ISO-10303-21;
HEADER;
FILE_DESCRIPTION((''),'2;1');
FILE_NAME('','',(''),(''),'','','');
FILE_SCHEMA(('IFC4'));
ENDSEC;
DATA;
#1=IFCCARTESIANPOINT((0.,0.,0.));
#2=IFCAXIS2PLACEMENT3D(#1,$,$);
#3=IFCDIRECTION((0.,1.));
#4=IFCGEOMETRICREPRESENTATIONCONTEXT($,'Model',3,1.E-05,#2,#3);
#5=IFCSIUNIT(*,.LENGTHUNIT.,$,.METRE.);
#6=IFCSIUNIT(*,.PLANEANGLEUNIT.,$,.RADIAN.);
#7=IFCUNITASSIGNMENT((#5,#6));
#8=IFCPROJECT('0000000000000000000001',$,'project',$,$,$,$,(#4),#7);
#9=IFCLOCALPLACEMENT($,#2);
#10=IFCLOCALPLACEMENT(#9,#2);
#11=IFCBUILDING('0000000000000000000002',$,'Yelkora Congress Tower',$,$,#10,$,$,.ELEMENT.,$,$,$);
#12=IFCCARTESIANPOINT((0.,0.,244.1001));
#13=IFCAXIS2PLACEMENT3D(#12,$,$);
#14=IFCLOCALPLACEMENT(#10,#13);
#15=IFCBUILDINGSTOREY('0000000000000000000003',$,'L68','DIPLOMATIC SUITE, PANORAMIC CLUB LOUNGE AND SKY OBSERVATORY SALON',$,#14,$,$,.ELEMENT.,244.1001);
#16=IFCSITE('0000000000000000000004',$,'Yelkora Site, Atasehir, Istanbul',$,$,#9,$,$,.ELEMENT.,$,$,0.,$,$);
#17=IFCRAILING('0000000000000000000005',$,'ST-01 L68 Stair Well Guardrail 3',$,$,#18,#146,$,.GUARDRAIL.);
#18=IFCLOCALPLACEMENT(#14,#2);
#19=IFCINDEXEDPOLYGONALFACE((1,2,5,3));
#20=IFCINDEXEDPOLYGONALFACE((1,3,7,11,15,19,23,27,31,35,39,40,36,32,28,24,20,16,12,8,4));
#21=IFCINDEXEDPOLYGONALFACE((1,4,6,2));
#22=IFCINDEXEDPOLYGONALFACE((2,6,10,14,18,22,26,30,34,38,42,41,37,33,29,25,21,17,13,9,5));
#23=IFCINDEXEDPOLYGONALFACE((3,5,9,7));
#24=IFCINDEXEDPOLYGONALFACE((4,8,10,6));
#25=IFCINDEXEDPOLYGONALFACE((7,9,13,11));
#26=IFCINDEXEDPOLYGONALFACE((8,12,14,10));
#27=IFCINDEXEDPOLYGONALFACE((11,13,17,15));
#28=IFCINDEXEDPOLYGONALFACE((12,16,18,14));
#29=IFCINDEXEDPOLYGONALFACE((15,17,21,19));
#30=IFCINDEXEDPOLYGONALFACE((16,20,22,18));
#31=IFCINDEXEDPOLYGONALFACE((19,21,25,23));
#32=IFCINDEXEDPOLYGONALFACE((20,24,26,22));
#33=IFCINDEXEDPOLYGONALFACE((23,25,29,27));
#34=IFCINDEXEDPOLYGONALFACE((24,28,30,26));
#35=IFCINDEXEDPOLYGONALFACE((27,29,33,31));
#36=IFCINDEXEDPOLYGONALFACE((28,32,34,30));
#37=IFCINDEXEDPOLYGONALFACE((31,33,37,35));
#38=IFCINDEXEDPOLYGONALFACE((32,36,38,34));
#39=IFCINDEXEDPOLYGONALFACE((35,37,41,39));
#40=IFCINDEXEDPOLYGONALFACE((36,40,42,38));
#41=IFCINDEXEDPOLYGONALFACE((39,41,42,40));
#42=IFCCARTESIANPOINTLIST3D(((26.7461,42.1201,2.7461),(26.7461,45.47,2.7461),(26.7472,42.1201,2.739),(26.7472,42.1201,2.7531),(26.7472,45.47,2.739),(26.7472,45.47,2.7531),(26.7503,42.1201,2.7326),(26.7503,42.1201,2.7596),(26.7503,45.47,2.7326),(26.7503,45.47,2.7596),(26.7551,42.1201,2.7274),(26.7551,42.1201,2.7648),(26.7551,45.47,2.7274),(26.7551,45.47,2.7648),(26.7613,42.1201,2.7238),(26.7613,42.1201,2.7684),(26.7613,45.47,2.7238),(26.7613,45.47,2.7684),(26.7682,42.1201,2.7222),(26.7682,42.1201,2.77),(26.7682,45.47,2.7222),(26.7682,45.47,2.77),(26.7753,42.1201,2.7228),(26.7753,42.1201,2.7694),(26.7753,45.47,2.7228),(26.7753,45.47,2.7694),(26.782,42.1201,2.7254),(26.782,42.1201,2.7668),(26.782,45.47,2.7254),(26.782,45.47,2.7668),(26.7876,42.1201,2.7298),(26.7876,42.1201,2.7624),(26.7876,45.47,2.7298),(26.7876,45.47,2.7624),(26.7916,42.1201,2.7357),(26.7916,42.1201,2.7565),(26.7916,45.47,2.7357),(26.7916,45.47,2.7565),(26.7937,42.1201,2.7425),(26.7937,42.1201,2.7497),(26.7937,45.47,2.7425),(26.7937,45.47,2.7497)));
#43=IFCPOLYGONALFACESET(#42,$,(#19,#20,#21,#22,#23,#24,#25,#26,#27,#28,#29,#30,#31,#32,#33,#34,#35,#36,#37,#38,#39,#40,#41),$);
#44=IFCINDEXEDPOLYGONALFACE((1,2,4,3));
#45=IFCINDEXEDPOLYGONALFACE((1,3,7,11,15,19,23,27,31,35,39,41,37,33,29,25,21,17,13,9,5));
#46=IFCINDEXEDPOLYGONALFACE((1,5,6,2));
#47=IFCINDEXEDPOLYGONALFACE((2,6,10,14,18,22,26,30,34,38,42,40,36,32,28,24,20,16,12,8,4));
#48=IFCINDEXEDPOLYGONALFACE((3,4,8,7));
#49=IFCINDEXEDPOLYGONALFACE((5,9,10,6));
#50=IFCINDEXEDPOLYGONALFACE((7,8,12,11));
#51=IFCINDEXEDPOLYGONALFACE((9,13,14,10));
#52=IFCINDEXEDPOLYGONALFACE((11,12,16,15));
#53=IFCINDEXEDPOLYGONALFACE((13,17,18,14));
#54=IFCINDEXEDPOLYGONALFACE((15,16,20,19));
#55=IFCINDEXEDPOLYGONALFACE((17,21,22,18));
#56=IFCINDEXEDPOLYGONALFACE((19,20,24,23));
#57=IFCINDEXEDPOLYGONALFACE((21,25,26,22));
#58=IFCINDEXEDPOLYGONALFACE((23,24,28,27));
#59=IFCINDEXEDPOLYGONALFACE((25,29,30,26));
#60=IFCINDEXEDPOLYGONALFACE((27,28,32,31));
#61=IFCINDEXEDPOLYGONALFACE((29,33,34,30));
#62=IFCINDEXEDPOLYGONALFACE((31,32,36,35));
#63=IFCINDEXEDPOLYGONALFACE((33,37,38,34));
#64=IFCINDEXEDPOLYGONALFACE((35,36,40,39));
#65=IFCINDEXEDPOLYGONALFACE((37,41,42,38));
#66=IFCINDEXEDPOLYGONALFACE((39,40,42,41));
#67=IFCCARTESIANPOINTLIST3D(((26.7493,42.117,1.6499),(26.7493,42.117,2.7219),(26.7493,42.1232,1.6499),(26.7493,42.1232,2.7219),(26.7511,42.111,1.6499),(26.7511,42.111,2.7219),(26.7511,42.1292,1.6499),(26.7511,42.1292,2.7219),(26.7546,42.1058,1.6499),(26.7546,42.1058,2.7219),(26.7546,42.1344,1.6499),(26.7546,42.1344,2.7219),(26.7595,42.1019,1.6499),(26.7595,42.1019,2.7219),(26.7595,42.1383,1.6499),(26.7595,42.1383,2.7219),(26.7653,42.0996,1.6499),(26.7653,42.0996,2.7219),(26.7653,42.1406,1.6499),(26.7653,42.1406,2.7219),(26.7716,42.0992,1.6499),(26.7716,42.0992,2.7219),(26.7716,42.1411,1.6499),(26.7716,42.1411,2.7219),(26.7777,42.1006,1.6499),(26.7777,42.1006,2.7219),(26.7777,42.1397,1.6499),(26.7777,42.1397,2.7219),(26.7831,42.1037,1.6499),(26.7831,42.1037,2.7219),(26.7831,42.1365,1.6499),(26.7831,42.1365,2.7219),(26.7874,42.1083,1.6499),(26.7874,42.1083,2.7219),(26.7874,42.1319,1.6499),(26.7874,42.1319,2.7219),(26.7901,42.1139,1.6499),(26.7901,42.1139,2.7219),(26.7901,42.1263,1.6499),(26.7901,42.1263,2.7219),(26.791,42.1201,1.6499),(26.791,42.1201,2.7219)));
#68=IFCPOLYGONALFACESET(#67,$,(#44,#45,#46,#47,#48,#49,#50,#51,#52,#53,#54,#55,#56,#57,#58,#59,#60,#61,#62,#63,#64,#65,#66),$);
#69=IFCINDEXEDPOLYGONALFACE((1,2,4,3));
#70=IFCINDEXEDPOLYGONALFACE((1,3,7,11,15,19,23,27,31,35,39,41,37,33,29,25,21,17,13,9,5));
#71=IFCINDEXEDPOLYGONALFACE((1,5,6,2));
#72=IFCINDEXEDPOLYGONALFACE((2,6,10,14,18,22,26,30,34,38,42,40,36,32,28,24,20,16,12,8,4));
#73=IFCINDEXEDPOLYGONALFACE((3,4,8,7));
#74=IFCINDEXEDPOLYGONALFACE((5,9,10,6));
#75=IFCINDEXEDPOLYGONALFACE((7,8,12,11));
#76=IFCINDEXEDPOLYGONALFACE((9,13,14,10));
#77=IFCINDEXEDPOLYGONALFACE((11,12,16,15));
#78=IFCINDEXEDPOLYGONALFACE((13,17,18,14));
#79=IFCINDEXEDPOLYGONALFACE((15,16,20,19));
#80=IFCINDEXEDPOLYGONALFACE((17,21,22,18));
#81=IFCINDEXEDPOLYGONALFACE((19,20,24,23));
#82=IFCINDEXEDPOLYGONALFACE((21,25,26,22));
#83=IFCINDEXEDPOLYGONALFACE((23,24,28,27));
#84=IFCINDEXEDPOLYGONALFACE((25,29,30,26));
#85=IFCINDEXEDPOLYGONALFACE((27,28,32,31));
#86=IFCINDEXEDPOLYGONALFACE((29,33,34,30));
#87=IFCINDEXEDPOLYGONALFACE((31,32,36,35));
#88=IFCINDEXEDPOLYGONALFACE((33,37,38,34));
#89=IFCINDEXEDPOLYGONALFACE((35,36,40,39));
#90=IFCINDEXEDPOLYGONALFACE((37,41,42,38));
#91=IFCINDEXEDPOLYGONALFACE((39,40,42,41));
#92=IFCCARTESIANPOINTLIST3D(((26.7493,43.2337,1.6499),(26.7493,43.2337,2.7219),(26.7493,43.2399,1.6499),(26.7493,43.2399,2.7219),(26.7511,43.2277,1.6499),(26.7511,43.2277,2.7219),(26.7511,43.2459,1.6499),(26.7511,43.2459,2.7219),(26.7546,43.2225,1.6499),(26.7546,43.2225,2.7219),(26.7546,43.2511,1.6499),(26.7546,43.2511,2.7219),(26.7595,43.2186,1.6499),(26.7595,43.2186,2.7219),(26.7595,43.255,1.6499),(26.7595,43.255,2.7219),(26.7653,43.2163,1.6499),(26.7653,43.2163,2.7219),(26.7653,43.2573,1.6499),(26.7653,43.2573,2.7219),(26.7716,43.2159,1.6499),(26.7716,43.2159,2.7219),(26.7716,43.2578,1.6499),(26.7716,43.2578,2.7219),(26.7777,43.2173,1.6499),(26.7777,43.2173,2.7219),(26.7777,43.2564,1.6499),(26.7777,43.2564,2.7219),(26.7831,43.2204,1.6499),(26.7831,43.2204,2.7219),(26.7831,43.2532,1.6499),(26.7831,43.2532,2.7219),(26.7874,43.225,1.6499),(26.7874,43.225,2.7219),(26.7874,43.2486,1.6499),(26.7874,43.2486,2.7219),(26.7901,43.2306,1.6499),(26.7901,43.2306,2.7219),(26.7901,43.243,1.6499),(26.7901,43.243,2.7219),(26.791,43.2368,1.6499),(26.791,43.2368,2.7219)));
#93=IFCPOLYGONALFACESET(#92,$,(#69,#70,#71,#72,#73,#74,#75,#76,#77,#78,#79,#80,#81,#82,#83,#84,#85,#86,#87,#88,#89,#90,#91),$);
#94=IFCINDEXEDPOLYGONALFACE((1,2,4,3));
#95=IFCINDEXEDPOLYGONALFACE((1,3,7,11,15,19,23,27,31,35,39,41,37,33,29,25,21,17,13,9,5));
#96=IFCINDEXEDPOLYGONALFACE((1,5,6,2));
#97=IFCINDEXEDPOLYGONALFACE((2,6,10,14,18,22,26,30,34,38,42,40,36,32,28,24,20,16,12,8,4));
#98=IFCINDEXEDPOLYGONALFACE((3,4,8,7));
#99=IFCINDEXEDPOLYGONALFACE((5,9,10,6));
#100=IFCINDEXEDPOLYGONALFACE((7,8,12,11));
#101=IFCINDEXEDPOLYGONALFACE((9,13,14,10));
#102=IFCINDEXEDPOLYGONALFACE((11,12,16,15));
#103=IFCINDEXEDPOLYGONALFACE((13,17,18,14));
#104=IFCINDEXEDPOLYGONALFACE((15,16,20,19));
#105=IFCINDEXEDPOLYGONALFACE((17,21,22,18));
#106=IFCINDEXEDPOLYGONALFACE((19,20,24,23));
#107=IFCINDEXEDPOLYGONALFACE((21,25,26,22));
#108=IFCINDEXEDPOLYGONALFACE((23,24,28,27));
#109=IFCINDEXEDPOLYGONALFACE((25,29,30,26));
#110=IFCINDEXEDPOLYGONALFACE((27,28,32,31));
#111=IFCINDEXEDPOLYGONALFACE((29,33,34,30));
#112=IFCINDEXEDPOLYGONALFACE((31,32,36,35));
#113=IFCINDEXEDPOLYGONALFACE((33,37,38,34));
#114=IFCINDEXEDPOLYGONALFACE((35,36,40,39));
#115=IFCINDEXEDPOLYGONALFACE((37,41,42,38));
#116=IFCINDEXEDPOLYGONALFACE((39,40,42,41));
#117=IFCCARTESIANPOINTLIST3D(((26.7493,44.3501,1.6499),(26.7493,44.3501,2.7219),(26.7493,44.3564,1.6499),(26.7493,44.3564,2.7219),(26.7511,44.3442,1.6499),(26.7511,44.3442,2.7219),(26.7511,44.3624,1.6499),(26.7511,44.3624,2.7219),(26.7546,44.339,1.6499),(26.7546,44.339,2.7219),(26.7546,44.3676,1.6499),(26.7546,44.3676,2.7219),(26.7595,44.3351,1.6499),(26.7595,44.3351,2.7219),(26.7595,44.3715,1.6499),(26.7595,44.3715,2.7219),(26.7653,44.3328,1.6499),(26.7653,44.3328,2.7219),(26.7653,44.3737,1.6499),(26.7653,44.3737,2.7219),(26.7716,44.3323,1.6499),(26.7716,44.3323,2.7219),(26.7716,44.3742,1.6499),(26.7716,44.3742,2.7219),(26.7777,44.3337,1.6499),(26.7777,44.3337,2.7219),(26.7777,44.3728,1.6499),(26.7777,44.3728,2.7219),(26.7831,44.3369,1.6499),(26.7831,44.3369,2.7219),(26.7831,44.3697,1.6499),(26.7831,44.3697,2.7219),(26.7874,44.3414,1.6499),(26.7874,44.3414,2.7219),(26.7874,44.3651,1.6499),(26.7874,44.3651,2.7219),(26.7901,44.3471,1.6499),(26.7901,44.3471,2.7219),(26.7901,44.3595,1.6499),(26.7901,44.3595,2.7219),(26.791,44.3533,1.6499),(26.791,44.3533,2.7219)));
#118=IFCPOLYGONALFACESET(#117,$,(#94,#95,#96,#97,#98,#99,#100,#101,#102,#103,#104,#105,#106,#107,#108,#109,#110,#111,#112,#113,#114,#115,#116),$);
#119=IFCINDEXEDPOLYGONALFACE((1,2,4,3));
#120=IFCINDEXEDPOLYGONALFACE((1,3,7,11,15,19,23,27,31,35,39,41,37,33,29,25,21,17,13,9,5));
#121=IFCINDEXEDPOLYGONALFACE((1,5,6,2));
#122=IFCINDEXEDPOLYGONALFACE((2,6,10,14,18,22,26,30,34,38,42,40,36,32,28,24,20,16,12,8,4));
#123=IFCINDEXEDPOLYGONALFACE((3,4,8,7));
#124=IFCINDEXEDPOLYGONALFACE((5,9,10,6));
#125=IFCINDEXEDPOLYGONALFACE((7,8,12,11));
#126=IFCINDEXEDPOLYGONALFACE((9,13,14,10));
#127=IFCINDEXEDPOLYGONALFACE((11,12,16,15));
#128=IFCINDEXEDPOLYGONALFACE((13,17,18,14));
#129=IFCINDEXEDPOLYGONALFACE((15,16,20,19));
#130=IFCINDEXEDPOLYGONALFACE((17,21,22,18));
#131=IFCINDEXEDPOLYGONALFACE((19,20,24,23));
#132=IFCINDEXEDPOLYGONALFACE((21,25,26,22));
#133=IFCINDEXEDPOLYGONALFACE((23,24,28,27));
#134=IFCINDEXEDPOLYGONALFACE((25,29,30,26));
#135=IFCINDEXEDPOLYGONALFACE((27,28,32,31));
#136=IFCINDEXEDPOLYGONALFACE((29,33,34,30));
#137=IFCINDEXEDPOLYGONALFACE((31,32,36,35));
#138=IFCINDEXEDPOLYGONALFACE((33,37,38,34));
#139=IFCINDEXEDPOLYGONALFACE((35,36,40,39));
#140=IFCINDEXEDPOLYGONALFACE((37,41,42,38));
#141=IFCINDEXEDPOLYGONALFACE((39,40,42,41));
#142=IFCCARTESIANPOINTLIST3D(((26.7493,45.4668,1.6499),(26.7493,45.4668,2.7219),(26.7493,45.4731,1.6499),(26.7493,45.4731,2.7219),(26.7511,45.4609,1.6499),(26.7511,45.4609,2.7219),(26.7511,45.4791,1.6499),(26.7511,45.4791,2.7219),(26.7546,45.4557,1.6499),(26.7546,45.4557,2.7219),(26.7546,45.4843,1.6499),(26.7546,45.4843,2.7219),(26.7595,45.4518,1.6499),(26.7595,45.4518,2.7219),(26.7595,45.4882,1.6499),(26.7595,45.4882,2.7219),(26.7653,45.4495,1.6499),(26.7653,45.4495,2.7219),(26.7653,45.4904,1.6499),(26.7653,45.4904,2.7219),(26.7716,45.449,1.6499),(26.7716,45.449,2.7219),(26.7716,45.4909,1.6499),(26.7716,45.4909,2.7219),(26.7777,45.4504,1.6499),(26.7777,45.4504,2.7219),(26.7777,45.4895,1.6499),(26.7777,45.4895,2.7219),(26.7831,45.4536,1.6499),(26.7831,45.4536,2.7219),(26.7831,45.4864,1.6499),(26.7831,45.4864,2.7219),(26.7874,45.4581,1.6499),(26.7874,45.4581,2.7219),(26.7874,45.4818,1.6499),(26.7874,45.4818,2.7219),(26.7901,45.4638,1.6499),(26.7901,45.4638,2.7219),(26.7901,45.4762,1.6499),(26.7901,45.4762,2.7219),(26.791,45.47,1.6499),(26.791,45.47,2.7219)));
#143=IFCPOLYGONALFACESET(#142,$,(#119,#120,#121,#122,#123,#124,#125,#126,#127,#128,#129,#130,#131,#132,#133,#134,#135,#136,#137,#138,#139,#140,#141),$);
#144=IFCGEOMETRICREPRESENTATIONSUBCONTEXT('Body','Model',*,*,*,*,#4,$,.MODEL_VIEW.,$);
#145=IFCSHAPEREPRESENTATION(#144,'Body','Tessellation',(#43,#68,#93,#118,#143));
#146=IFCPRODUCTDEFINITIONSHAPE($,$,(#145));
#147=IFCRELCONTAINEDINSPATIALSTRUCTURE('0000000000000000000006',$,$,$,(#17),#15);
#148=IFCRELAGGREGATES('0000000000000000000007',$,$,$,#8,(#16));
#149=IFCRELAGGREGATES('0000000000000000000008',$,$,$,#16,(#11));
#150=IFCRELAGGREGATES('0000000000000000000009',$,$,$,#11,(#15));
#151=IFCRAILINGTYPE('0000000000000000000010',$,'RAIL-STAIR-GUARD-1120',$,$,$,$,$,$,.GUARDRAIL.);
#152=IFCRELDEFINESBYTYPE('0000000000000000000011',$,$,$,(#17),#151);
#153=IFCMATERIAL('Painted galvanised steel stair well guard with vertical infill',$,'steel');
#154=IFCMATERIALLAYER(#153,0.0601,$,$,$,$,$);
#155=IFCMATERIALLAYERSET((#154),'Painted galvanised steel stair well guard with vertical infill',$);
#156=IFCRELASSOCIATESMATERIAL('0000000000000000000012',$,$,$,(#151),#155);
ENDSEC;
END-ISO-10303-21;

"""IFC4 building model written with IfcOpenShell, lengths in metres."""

from ifc_helpers import new_model, si_unit, direction, frame, origin, origin_2d, place, context, subcontext, project, spatial, circle, extrude, material, layer, layer_set, type_object, element, save


model = new_model("IFC4")

# Units and contexts
model_context = context("Model", 3, precision=1e-05, world=origin(), true_north=direction((0.0, 1.0)))
body_context = subcontext(model_context, "Body", "Model", "MODEL_VIEW")
ifc_project = project(units=[si_unit("LENGTHUNIT", "METRE"), si_unit("PLANEANGLEUNIT", "RADIAN")], contexts=[model_context])

# Site, building, storey
site_placement = place(None, origin())
site = spatial("IfcSite", under=ifc_project, at=site_placement, Name="Yelkora Site, Atasehir, Istanbul", CompositionType="ELEMENT", RefElevation=0.0)
building_placement = place(site_placement, origin())
building = spatial("IfcBuilding", under=site, at=building_placement, Name="Yelkora Congress Tower", CompositionType="ELEMENT")
storey_placement = place(building_placement, frame((0.0, 0.0, 244.1001)))
storey = spatial("IfcBuildingStorey", under=building, at=storey_placement, Name="L68", Description="DIPLOMATIC SUITE, PANORAMIC CLUB LOUNGE AND SKY OBSERVATORY SALON", CompositionType="ELEMENT", Elevation=244.1001)

# Railing
ifc_material_1 = material(Name="Painted galvanised steel stair well guard with vertical infill", Category="steel")
ifc_layer_1 = layer(ifc_material_1, 0.0601)
ifc_layer_set_1 = layer_set([ifc_layer_1], Name="Painted galvanised steel stair well guard with vertical infill")
railing_type = type_object("IfcRailingType", Name="RAIL-STAIR-GUARD-1120", PredefinedType="GUARDRAIL", material=ifc_layer_set_1)
railing_1_placement = place(storey_placement, frame((26.77, 42.1201, 1.6499)))
element("IfcRailing", 1, at=railing_1_placement, inside=storey, type_object=railing_type, Name="ST-01 L68 Stair Well Guardrail 3", PredefinedType="GUARDRAIL", context=body_context, shape_type="SweptSolid", body=[
    extrude(circle(Radius=0.0239, at=origin_2d()), frame((0.0, 0.0, 1.0962), z_axis=(0.0, 1.0, 0.0), x_axis=(-1.0, 0.0, 0.0)), (0.0, 0.0, 1.0), 3.3499),
    extrude(circle(Radius=0.021, at=origin_2d()), origin(), (0.0, 0.0, 1.0), 1.072),
    extrude(circle(Radius=0.021, at=origin_2d()), frame((0.0, 1.1167, 0.0)), (0.0, 0.0, 1.0), 1.072),
    extrude(circle(Radius=0.021, at=origin_2d()), frame((0.0, 2.2332, 0.0)), (0.0, 0.0, 1.0), 1.072),
    extrude(circle(Radius=0.021, at=origin_2d()), frame((0.0, 3.3499, 0.0)), (0.0, 0.0, 1.0), 1.072),
])

save(model, "model.ifc")
